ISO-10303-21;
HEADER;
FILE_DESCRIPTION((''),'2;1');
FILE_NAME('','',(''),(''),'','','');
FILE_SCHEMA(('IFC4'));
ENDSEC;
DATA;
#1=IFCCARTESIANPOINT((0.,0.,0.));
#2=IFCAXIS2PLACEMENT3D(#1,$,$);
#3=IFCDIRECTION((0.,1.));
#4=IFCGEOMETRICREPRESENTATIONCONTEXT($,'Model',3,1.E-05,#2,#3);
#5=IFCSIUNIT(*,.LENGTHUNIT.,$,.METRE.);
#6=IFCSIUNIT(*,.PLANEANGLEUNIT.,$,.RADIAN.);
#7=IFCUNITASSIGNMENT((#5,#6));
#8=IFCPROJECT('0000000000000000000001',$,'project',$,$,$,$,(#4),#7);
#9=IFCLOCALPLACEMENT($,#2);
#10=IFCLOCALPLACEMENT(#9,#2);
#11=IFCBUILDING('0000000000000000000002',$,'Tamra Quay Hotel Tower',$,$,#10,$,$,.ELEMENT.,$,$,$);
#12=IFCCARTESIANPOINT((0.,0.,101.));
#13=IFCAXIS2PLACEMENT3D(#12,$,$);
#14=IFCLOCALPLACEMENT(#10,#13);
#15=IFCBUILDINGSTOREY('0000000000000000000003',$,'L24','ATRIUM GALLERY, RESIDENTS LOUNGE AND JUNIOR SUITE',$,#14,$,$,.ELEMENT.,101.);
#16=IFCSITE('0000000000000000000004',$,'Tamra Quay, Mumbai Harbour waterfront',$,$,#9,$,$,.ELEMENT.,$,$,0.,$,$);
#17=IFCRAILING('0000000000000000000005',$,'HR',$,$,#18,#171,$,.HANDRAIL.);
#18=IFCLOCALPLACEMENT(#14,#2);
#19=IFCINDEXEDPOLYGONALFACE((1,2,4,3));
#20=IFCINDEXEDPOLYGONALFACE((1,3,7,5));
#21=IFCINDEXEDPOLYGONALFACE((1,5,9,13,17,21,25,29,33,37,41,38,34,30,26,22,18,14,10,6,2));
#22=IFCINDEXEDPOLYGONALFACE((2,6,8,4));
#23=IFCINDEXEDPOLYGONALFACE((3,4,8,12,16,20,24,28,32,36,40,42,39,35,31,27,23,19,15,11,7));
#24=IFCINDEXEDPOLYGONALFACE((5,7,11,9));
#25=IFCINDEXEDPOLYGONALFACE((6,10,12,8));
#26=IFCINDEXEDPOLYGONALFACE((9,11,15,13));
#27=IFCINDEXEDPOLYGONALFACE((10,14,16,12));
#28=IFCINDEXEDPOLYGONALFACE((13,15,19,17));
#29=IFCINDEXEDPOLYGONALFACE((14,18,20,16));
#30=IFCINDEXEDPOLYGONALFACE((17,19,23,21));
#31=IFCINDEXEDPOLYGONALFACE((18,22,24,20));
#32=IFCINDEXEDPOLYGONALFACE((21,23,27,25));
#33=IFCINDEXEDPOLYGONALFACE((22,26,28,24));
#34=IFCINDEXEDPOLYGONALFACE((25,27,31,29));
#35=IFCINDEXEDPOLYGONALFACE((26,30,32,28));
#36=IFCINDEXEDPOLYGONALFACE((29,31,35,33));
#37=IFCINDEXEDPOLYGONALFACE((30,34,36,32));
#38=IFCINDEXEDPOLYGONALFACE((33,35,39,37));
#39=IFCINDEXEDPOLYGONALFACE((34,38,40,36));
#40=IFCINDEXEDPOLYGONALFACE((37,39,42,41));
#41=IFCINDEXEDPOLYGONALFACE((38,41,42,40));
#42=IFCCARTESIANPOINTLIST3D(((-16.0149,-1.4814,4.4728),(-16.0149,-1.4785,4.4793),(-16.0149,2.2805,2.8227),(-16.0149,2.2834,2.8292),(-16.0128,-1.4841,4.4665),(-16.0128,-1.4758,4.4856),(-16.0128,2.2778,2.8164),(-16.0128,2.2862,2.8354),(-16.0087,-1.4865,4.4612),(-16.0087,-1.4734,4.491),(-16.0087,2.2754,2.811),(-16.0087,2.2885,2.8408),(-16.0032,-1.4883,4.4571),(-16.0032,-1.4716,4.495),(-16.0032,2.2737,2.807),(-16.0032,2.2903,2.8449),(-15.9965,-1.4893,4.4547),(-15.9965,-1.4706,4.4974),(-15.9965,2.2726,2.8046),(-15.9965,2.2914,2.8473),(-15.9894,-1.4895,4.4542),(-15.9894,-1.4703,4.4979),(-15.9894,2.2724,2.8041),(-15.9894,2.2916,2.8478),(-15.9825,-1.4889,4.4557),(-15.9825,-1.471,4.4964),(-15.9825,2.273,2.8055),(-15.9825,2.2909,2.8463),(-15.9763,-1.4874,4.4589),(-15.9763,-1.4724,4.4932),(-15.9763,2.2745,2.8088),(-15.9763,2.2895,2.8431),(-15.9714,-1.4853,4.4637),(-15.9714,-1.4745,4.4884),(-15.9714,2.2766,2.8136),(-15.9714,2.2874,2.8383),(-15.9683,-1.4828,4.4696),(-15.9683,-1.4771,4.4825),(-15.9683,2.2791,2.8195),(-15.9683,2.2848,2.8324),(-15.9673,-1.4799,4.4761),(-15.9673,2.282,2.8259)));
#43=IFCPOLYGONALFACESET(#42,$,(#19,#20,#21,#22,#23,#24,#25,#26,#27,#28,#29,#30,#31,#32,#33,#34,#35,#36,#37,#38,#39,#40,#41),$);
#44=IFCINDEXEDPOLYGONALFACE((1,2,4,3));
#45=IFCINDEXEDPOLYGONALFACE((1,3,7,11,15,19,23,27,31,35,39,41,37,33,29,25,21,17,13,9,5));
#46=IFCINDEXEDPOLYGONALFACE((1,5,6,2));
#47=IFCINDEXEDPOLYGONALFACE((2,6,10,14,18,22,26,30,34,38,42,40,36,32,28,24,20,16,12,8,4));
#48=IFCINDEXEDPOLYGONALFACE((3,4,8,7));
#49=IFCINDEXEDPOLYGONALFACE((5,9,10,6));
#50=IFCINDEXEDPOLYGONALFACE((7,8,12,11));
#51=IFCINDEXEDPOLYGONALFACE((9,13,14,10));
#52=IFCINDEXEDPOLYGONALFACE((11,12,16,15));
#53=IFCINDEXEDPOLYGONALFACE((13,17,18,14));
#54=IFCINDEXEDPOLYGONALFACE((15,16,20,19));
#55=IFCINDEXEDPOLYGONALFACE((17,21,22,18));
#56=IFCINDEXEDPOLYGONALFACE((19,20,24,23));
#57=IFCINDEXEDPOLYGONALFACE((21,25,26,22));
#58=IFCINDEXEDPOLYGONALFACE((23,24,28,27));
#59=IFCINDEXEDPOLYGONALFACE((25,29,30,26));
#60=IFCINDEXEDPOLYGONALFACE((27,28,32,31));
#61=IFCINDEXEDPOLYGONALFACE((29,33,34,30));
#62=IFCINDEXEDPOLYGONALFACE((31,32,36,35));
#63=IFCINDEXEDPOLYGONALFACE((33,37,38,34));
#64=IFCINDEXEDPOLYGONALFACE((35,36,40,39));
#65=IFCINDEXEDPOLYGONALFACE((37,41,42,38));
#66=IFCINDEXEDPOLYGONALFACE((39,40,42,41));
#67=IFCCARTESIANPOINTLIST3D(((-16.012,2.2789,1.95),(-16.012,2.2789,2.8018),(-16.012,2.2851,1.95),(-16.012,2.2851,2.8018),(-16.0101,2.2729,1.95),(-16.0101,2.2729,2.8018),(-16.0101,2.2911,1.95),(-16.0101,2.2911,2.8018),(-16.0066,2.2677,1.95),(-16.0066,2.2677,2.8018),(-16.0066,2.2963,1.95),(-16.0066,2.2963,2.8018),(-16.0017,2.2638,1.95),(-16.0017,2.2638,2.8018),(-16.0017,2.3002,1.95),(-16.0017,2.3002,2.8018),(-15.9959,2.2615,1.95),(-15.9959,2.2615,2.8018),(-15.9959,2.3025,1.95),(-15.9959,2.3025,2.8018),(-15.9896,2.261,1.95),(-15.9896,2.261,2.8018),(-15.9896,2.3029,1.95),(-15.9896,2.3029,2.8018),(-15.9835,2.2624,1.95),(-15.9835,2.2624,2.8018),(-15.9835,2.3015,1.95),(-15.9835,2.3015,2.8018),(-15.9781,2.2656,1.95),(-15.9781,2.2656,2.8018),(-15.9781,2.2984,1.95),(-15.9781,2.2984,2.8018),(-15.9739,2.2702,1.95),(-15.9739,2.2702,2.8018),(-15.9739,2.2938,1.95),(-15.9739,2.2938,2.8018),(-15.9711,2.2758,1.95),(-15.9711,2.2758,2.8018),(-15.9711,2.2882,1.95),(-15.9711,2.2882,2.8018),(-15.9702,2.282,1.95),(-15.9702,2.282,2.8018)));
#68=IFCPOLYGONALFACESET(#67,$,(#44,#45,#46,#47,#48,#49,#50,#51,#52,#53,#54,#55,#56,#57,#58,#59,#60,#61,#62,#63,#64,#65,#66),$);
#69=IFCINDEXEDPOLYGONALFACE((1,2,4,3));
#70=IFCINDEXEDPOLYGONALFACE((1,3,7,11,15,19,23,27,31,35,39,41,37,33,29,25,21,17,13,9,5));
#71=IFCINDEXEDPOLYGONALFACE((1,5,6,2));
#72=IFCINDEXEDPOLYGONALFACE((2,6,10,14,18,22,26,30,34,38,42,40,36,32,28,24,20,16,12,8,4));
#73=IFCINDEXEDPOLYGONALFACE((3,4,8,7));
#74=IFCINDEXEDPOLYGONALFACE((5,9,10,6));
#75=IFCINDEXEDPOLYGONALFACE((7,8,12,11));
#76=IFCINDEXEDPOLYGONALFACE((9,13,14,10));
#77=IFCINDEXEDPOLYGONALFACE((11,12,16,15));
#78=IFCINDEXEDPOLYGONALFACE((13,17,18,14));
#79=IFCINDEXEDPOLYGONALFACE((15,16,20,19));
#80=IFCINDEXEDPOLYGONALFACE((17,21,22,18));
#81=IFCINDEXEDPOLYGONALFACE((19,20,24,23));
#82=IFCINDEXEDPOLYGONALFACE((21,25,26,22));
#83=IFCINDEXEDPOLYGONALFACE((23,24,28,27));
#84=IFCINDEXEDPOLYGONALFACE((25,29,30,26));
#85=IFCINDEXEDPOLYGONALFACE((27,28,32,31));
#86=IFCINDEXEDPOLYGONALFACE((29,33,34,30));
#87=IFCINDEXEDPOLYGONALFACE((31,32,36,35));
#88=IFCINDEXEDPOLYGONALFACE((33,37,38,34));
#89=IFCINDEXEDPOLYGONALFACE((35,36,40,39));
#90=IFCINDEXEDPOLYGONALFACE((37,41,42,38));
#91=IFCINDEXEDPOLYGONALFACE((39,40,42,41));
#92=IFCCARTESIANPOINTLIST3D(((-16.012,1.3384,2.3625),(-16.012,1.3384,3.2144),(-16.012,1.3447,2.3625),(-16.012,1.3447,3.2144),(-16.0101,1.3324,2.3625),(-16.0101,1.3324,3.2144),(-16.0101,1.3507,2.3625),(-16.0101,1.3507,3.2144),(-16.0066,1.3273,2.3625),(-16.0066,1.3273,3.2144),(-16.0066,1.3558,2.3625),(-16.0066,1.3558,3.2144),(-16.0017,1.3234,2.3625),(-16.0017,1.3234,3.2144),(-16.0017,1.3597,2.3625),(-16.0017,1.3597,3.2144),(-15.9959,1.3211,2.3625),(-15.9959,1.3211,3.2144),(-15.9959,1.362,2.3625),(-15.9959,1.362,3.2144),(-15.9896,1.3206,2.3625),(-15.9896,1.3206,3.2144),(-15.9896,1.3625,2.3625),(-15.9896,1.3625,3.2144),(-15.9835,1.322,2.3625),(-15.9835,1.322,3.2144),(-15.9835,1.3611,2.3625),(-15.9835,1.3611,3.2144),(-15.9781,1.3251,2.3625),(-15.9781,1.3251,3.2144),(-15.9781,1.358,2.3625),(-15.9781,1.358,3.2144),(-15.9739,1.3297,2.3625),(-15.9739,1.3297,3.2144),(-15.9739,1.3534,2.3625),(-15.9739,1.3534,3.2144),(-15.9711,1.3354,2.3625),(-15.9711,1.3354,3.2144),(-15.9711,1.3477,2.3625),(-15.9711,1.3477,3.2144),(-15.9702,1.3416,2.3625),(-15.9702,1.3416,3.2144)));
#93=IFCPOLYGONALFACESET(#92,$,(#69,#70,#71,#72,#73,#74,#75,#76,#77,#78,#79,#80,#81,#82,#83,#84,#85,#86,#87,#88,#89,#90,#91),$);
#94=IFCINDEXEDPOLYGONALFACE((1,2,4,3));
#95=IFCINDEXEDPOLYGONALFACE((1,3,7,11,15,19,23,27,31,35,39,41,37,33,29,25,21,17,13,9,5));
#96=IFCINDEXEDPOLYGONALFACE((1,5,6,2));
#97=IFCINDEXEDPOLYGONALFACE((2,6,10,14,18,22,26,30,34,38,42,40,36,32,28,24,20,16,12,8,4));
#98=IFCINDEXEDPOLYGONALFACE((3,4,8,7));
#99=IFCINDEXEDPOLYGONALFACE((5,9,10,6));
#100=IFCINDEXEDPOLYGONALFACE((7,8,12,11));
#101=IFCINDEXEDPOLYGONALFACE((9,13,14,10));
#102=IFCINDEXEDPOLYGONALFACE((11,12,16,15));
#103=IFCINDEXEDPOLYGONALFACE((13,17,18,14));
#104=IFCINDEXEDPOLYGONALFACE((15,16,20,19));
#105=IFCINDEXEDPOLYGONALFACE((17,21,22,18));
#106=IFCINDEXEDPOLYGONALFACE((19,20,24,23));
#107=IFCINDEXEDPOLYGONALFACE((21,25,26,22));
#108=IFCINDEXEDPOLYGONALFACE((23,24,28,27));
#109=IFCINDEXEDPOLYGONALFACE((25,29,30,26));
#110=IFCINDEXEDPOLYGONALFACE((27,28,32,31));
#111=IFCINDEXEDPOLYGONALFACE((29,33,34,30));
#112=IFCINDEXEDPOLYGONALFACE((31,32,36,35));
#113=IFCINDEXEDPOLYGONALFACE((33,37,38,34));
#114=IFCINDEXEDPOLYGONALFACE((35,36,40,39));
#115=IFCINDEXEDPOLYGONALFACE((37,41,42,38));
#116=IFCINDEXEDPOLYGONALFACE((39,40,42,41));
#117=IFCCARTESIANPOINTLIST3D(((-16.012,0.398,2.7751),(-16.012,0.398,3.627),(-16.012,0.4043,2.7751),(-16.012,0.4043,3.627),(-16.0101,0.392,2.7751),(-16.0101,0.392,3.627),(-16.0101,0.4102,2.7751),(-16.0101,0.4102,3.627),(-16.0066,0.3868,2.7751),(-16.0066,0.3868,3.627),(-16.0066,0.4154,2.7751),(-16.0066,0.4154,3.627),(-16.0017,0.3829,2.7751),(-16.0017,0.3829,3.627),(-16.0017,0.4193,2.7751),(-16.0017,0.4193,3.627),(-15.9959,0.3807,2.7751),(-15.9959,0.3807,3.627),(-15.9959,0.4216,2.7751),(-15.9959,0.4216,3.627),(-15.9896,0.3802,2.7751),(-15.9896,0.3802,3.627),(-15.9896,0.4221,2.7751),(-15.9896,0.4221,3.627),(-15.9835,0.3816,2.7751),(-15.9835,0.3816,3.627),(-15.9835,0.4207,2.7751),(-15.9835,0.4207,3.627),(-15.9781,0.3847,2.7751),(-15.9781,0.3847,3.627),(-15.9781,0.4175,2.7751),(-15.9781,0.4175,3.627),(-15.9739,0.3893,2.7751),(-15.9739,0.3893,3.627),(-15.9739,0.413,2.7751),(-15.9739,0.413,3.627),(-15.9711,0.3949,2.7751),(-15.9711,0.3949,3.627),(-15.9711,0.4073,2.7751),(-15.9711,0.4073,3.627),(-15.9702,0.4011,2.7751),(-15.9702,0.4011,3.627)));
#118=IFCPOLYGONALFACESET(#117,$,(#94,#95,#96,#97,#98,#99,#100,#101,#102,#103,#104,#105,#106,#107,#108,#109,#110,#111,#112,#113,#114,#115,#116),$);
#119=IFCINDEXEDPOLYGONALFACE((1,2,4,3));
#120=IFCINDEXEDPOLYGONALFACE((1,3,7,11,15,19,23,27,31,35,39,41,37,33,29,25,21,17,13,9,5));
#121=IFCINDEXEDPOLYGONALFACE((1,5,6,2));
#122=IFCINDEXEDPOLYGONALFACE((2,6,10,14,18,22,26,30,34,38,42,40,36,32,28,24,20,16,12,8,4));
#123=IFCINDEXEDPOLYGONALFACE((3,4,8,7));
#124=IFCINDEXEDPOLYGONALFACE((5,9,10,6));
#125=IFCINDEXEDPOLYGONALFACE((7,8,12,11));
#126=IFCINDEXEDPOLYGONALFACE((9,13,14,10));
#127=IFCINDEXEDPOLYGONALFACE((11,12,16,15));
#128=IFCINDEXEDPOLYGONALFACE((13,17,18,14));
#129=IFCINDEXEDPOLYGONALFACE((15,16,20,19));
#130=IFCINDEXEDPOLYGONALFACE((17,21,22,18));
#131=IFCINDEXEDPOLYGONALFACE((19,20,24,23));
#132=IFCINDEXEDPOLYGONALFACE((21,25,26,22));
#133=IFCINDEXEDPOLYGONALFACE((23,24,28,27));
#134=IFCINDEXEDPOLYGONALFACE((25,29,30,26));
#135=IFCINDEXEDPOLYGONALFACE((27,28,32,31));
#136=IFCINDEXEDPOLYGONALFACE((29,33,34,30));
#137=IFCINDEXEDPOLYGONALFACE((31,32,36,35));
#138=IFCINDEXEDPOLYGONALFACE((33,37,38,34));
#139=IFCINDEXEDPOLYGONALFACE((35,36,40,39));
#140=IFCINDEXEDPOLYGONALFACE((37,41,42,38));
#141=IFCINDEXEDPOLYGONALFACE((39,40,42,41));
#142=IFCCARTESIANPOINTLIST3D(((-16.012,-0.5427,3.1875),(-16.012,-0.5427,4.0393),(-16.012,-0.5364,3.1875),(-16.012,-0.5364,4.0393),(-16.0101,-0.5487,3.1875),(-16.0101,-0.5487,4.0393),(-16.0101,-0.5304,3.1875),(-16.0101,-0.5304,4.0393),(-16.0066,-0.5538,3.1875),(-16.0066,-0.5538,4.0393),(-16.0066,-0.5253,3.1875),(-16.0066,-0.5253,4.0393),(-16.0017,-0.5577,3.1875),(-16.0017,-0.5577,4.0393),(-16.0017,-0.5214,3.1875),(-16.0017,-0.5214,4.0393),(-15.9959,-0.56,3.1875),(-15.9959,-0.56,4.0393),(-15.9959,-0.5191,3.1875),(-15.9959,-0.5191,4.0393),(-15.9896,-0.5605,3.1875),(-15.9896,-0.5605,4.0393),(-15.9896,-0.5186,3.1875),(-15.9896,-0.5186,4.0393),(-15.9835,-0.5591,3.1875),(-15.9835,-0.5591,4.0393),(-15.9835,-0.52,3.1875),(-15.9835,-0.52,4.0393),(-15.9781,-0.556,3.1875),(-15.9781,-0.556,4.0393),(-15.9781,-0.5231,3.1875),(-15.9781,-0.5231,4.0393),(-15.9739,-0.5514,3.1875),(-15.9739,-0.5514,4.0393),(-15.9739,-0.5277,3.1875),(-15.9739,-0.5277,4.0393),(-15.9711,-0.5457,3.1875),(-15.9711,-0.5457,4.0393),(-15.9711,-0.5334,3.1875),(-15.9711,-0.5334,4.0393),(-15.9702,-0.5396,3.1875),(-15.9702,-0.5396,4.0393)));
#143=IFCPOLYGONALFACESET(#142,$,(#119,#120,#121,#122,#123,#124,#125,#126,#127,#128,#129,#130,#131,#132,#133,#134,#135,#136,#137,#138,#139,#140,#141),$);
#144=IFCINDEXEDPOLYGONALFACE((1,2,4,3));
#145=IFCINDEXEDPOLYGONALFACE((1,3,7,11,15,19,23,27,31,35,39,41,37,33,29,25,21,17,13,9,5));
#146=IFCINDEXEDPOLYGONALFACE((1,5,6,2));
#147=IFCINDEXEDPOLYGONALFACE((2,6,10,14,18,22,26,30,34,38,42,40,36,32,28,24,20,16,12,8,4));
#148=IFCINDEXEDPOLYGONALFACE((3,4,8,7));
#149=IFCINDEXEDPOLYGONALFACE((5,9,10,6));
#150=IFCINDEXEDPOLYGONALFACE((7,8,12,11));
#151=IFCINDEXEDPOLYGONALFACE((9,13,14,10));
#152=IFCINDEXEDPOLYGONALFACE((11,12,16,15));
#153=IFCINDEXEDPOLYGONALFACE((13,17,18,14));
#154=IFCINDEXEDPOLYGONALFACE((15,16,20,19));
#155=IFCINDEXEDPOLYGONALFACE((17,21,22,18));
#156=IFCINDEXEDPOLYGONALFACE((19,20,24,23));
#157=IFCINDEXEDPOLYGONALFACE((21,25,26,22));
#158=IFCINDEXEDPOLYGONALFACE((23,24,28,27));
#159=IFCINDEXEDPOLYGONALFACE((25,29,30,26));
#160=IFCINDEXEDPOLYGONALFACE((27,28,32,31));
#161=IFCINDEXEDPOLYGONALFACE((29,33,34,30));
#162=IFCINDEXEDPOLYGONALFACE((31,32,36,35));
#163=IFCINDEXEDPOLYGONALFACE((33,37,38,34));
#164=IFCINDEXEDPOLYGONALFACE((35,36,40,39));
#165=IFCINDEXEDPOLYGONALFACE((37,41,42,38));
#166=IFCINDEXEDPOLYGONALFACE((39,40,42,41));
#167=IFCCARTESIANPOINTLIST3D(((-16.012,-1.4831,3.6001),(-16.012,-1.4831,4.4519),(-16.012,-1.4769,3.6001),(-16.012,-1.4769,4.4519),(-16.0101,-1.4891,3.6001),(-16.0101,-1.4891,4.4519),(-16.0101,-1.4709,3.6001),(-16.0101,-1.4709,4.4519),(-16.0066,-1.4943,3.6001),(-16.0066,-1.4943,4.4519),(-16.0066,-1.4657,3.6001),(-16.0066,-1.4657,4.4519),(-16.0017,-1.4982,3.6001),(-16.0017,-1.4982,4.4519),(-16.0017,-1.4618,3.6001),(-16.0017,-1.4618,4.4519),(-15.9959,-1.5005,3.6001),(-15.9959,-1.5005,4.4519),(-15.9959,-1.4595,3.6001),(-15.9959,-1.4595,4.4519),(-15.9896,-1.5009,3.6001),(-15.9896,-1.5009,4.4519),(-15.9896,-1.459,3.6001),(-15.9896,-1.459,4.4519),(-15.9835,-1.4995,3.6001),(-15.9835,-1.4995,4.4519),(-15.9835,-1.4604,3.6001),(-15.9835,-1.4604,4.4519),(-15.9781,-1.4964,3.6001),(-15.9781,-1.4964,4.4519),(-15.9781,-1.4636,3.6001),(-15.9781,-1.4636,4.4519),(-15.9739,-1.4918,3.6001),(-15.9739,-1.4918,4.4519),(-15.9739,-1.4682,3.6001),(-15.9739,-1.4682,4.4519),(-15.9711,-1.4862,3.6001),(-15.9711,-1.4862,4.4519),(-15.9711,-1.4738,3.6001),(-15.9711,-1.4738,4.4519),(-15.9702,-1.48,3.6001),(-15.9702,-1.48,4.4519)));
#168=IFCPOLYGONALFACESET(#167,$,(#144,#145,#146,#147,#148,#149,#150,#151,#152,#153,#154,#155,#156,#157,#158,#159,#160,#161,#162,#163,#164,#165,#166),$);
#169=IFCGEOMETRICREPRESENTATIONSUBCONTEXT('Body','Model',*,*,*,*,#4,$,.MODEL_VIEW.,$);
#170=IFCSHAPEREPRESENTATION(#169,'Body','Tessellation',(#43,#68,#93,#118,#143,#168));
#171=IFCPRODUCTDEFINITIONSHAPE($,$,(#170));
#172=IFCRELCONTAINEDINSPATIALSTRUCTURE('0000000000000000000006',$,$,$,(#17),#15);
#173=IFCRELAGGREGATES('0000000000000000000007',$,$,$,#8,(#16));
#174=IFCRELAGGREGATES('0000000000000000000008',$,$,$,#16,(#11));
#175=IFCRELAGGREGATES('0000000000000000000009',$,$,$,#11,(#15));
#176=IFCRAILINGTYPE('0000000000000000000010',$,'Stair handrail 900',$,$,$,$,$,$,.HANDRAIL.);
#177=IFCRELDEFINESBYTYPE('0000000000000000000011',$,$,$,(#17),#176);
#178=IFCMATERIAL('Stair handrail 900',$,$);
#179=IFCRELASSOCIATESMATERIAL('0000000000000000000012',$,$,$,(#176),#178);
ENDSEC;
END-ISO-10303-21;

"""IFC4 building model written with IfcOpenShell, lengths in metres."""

from ifc_helpers import new_model, si_unit, direction, frame, origin, origin_2d, place, context, subcontext, project, spatial, circle, extrude, material, type_object, element, save


model = new_model("IFC4")

# Units and contexts
model_context = context("Model", 3, precision=1e-05, world=origin(), true_north=direction((0.0, 1.0)))
body_context = subcontext(model_context, "Body", "Model", "MODEL_VIEW")
ifc_project = project(units=[si_unit("LENGTHUNIT", "METRE"), si_unit("PLANEANGLEUNIT", "RADIAN")], contexts=[model_context])

# Site, building, storey
site_placement = place(None, origin())
site = spatial("IfcSite", under=ifc_project, at=site_placement, Name="Tamra Quay, Mumbai Harbour waterfront", CompositionType="ELEMENT", RefElevation=0.0)
building_placement = place(site_placement, origin())
building = spatial("IfcBuilding", under=site, at=building_placement, Name="Tamra Quay Hotel Tower", CompositionType="ELEMENT")
storey_placement = place(building_placement, frame((0.0, 0.0, 101.0)))
storey = spatial("IfcBuildingStorey", under=building, at=storey_placement, Name="L24", Description="ATRIUM GALLERY, RESIDENTS LOUNGE AND JUNIOR SUITE", CompositionType="ELEMENT", Elevation=101.0)

# Railing
ifc_material_1 = material(Name="Stair handrail 900")
railing_type = type_object("IfcRailingType", Name="Stair handrail 900", PredefinedType="HANDRAIL", material=ifc_material_1)
railing_placement = place(storey_placement, frame((-15.9912, 2.282, 1.95)))
element("IfcRailing", 1, at=railing_placement, inside=storey, type_object=railing_type, Name="HR", PredefinedType="HANDRAIL", context=body_context, shape_type="SweptSolid", body=[
    extrude(circle(Radius=0.0239, at=origin_2d()), frame((0.0, 0.0, 0.876), z_axis=(0.0, -0.915774, 0.401695), x_axis=(1.0, 0.0, 0.0)), (0.0, 0.0, 1.0), 4.1079),
    extrude(circle(Radius=0.021, at=origin_2d()), origin(), (0.0, 0.0, 1.0), 0.8518),
    extrude(circle(Radius=0.021, at=origin_2d()), frame((0.0, -0.9404, 0.4126)), (0.0, 0.0, 1.0), 0.8518),
    extrude(circle(Radius=0.021, at=origin_2d()), frame((0.0, -1.8809, 0.8252)), (0.0, 0.0, 1.0), 0.8518),
    extrude(circle(Radius=0.021, at=origin_2d()), frame((0.0, -2.8215, 1.2375)), (0.0, 0.0, 1.0), 0.8518),
    extrude(circle(Radius=0.021, at=origin_2d()), frame((0.0, -3.762, 1.6501)), (0.0, 0.0, 1.0), 0.8518),
])

save(model, "model.ifc")
